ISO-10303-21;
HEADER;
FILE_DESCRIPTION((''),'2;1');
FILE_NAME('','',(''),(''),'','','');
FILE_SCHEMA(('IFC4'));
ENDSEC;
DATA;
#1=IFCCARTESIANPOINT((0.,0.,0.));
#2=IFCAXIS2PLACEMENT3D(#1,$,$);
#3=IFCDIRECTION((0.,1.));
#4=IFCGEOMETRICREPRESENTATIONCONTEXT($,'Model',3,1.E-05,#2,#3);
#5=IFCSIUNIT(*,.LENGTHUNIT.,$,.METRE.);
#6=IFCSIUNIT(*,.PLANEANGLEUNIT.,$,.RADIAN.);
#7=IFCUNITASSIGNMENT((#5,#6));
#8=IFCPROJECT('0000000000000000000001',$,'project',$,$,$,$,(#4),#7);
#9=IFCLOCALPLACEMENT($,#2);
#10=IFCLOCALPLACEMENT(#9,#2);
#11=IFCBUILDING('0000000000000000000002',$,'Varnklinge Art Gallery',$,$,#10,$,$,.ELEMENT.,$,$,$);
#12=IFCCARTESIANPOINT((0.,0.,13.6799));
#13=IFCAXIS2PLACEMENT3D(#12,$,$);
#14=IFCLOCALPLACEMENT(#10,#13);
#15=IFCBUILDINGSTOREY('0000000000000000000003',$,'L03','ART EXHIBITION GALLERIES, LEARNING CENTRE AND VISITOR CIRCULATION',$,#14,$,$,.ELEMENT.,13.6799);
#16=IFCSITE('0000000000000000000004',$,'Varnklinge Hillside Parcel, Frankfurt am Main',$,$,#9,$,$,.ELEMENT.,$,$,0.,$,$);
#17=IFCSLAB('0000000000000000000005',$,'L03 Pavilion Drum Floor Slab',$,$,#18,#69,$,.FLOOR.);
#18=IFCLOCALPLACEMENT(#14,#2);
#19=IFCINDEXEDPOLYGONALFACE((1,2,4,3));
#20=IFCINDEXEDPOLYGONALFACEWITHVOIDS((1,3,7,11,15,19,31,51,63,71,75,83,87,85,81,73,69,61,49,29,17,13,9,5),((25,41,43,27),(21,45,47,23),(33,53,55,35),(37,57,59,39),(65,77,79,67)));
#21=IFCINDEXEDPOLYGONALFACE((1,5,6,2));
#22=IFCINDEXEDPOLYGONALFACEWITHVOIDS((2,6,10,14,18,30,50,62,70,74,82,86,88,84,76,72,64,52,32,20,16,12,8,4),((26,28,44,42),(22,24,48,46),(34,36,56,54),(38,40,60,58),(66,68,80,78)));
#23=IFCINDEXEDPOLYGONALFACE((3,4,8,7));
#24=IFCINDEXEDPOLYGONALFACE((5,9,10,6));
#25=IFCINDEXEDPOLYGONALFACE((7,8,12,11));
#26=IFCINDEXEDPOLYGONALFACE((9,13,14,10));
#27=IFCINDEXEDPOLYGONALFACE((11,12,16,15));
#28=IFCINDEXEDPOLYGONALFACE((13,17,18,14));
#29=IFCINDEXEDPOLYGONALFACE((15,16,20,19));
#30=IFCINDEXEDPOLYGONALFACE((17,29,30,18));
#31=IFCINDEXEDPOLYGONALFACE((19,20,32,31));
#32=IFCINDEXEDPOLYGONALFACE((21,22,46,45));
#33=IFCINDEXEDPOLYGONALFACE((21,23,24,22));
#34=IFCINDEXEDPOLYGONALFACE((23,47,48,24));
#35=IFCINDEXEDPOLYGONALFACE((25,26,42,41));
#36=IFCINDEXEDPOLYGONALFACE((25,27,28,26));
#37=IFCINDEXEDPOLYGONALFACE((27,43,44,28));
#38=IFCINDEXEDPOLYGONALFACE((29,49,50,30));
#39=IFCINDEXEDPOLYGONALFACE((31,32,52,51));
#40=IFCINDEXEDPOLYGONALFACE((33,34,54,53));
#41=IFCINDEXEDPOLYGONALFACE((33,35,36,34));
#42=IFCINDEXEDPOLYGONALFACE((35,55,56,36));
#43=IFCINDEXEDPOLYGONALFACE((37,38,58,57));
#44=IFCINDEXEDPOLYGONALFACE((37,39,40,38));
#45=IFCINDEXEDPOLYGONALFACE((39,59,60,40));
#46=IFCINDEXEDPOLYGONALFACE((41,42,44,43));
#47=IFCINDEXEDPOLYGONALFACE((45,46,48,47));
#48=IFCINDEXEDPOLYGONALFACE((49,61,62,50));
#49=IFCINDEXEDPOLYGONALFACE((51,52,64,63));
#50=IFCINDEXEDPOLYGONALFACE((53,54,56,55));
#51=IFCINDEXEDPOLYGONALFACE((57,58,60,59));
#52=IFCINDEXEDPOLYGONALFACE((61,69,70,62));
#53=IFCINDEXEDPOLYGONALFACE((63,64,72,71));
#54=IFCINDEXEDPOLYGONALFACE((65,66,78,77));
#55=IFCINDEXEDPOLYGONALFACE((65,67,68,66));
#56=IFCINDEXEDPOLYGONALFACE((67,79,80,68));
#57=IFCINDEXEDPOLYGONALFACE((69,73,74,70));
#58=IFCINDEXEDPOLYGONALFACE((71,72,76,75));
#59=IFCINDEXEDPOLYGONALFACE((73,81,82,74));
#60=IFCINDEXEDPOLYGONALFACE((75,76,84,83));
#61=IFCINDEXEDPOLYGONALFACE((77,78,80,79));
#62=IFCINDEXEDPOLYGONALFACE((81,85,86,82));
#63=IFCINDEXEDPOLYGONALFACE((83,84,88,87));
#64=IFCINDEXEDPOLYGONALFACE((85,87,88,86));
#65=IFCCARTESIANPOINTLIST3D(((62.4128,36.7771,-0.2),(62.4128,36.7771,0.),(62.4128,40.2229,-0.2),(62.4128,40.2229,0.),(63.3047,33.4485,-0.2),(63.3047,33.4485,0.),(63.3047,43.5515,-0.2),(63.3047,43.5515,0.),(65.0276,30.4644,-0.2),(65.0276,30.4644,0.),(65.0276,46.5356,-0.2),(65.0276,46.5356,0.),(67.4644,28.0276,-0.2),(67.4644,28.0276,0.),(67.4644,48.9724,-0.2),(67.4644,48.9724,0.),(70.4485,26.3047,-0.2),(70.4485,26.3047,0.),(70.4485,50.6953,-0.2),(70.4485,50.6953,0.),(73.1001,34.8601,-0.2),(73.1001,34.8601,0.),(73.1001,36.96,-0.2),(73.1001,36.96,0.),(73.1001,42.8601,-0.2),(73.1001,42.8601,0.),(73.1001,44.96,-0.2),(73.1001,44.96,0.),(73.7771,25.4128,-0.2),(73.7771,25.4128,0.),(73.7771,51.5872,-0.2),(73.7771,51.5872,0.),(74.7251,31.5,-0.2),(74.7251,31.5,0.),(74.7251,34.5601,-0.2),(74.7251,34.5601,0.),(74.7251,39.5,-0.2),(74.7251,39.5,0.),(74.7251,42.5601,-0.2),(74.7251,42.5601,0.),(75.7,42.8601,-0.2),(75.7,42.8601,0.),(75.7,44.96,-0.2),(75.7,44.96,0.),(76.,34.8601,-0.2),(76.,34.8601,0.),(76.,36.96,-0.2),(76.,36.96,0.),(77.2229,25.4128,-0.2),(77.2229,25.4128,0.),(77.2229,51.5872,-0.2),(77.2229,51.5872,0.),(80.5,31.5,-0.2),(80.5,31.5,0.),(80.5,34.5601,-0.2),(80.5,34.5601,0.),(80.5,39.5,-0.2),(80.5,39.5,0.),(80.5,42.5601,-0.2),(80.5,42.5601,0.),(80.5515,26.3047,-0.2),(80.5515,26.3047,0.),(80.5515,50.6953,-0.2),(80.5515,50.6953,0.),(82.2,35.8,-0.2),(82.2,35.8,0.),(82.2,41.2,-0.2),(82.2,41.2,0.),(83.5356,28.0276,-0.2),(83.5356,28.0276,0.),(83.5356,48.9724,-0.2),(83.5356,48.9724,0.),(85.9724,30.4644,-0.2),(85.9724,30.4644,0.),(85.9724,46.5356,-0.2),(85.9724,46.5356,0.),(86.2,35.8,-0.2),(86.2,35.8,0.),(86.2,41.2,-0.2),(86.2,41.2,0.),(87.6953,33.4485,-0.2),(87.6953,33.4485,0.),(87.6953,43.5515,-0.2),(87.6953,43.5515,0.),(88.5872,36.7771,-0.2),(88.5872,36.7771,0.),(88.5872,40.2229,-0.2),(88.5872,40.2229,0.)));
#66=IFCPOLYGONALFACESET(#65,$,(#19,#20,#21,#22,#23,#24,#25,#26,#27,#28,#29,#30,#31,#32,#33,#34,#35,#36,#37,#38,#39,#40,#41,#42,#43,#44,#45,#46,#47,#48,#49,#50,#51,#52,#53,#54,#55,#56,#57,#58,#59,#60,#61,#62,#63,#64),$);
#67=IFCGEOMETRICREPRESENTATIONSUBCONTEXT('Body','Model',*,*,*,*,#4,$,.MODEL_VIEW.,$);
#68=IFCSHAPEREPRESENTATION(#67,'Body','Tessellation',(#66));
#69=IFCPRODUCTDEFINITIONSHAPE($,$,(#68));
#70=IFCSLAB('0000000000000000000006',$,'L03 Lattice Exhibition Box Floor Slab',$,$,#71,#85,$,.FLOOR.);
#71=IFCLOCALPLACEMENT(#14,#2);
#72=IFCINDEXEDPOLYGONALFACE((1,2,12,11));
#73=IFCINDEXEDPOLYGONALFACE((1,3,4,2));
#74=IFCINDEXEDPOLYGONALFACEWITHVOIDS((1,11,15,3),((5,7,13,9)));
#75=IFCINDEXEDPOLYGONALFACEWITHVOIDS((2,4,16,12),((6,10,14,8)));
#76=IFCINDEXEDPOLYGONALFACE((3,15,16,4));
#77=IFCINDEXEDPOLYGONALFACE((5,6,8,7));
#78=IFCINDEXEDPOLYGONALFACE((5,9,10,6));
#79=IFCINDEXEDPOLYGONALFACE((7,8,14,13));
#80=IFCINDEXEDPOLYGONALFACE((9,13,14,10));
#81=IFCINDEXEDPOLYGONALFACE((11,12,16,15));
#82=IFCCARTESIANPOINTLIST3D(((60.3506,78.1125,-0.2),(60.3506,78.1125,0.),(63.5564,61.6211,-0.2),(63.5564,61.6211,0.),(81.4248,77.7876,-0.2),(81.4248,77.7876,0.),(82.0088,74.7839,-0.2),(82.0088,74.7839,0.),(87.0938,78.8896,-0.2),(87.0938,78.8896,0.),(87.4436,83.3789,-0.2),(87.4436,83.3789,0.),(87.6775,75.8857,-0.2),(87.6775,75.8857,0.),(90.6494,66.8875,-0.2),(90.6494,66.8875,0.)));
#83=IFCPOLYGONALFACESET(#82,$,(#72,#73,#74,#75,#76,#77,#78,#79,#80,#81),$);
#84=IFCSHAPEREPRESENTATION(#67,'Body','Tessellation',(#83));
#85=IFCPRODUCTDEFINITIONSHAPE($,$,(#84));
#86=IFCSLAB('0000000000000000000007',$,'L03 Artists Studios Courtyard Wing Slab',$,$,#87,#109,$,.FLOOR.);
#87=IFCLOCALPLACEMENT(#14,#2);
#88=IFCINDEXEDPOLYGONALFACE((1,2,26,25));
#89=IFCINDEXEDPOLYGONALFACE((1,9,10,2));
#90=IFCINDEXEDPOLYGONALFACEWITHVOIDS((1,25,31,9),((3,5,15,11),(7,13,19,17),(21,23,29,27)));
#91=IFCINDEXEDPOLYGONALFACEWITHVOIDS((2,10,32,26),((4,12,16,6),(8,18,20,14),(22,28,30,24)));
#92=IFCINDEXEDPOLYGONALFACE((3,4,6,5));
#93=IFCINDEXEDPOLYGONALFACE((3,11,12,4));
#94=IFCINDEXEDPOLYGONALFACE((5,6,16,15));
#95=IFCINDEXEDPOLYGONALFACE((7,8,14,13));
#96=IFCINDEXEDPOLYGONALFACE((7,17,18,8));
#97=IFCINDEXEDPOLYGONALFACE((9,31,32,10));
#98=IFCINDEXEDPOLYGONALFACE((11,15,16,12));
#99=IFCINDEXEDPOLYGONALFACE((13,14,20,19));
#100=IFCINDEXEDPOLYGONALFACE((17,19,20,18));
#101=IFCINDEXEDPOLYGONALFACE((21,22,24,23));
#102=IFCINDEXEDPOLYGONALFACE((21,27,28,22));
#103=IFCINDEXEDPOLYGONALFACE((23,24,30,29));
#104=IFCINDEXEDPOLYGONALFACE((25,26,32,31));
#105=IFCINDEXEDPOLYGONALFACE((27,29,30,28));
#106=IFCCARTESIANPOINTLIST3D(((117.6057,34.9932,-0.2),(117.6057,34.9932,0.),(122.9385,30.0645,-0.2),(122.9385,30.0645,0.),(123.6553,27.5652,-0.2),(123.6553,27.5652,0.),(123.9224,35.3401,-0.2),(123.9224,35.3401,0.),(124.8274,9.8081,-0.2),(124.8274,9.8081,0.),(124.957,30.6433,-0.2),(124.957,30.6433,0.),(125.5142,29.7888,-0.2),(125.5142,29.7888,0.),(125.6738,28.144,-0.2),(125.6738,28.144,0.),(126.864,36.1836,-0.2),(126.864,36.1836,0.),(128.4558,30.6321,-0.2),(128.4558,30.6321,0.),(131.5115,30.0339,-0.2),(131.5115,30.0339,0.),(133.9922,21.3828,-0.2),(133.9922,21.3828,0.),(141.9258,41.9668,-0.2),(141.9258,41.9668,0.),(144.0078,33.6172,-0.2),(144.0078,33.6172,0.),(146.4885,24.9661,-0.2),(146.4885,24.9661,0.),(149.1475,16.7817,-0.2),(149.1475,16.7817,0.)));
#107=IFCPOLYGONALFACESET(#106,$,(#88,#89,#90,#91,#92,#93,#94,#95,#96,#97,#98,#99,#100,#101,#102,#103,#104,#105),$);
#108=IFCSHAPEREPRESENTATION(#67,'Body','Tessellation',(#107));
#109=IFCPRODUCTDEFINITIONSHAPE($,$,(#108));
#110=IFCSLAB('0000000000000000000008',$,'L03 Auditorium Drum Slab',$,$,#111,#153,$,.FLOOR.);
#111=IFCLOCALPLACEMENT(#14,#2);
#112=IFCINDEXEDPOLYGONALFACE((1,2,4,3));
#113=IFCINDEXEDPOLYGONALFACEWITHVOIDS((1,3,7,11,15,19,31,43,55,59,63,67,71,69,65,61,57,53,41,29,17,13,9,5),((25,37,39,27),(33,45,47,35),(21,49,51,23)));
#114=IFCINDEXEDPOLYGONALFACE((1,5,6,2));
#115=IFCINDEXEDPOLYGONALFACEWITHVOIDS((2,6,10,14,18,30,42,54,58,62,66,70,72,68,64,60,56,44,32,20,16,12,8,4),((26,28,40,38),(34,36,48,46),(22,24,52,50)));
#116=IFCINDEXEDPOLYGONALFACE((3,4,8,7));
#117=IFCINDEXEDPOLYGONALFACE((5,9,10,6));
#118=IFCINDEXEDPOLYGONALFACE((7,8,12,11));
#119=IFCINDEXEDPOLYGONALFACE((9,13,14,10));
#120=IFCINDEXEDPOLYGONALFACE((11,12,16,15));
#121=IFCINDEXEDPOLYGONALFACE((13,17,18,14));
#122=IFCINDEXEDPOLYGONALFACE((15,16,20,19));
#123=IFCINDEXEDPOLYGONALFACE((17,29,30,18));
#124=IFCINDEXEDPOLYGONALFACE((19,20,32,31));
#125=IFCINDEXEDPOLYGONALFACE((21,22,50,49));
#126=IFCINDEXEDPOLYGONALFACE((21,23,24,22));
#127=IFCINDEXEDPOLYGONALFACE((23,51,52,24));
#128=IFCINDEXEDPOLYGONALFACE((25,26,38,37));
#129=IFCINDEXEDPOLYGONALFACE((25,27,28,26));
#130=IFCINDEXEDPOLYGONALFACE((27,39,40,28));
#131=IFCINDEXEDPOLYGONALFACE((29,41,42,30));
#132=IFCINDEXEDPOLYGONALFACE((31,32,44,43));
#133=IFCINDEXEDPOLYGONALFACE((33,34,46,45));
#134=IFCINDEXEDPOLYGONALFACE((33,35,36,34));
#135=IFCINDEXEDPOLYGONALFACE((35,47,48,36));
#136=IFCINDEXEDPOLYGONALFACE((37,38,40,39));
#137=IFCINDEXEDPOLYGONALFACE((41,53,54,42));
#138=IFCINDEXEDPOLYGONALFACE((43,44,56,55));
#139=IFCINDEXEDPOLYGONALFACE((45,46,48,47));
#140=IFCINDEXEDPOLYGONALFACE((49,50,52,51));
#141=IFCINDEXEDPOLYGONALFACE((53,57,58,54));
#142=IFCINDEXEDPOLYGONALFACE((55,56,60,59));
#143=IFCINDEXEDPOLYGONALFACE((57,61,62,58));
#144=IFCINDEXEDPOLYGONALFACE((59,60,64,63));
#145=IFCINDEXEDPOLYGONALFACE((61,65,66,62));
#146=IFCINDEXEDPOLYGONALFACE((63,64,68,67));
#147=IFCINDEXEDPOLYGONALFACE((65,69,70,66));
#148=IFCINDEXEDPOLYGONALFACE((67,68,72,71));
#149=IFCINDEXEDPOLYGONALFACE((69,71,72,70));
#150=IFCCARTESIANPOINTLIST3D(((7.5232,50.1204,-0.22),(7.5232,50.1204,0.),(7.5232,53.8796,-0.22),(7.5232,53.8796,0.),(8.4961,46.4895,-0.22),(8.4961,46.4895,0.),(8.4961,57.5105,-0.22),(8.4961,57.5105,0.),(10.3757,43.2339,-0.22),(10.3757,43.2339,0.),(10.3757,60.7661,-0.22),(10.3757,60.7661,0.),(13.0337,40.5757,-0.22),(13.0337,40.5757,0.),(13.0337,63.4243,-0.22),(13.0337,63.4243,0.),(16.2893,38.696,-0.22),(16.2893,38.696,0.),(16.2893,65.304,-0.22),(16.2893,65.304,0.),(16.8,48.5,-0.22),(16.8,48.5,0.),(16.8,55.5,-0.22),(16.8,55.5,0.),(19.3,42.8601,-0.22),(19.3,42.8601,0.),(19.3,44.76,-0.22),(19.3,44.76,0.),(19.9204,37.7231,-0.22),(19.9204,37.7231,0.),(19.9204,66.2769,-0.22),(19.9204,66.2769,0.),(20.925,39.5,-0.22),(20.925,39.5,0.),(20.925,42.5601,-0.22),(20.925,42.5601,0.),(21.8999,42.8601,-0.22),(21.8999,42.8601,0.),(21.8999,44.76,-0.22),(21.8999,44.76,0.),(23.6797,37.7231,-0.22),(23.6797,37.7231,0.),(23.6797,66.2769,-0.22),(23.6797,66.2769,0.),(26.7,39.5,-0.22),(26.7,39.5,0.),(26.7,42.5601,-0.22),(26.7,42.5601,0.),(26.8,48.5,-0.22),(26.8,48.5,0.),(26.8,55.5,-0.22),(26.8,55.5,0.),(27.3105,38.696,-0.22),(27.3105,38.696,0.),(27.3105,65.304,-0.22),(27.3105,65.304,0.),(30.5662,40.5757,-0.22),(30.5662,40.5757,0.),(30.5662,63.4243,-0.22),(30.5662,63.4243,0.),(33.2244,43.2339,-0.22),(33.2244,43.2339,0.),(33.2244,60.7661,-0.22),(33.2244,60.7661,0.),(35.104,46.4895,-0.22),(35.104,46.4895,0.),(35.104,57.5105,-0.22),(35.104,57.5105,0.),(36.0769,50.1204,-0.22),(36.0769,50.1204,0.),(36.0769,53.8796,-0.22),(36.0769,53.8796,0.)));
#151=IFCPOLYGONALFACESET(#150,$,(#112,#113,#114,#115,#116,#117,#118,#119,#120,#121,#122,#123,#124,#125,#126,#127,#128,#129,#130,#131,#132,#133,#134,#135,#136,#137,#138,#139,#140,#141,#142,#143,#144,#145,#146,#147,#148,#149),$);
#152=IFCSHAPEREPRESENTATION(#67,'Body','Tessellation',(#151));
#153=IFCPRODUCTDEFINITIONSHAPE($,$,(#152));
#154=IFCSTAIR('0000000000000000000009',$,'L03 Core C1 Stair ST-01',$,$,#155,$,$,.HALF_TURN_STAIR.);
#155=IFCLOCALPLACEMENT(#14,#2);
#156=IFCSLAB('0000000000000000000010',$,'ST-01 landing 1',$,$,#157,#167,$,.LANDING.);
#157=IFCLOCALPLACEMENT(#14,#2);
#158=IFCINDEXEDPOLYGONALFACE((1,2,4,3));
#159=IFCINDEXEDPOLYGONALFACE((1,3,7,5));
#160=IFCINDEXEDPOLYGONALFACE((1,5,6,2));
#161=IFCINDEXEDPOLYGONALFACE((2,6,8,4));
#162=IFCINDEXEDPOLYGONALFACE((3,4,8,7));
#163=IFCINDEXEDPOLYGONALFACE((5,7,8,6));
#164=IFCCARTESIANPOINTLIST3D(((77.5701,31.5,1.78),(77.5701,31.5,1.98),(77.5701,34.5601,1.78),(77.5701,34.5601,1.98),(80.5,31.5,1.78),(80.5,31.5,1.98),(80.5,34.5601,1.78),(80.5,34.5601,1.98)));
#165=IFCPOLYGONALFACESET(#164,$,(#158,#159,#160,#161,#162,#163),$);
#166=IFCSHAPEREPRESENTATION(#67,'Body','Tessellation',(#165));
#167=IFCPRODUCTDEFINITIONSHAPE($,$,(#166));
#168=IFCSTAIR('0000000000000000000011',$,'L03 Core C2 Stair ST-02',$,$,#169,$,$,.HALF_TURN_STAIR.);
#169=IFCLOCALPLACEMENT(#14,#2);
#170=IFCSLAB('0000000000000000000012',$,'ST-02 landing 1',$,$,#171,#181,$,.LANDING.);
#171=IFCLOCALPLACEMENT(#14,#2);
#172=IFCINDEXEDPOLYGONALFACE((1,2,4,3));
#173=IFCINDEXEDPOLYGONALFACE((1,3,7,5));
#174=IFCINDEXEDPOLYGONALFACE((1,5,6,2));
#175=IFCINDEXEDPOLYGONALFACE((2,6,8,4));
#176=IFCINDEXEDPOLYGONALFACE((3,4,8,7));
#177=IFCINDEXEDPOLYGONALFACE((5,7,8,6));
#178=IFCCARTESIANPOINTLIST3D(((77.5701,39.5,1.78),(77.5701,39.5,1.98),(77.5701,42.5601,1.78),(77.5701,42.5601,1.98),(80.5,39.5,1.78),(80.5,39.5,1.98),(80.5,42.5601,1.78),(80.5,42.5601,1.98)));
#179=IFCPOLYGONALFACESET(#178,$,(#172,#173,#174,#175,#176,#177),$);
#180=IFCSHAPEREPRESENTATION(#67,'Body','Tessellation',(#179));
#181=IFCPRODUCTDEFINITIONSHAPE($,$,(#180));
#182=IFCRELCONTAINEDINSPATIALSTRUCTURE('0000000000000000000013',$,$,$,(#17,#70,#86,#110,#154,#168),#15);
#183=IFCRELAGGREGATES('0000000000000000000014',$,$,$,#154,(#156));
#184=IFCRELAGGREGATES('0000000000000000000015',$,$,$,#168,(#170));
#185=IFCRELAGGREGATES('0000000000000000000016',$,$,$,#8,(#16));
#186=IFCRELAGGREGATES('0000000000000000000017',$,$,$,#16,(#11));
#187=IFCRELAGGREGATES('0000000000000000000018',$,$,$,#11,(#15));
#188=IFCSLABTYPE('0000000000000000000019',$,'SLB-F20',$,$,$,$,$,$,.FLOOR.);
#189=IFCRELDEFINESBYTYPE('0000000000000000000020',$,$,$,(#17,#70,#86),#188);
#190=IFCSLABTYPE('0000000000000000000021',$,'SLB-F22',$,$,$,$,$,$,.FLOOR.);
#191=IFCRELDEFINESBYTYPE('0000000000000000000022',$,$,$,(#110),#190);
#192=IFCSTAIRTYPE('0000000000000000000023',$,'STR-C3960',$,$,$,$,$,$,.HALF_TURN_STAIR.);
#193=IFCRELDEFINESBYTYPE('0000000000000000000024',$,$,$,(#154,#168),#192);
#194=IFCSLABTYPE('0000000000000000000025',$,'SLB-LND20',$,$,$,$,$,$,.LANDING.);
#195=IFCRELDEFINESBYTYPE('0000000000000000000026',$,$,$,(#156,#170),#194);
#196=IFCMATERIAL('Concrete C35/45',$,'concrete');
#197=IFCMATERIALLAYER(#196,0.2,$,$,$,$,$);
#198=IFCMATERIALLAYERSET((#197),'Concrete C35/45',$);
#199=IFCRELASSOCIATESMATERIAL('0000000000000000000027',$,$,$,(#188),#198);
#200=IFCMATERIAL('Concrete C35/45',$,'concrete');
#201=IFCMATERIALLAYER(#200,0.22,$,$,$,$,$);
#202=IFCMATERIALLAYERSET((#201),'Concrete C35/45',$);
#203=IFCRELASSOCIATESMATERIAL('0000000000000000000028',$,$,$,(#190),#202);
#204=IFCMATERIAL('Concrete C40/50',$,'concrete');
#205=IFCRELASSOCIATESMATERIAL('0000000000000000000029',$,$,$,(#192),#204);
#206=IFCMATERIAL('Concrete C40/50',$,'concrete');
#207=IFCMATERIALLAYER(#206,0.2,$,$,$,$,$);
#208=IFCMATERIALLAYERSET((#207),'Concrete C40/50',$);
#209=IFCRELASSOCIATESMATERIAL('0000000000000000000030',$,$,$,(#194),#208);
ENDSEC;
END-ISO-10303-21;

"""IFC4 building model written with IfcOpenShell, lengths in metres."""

from ifc_helpers import new_model, si_unit, direction, frame, origin, place, context, subcontext, project, spatial, polyline, outline, extrude, material, layer, layer_set, type_object, element, aggregate, save


model = new_model("IFC4")

# Units and contexts
model_context = context("Model", 3, precision=1e-05, world=origin(), true_north=direction((0.0, 1.0)))
body_context = subcontext(model_context, "Body", "Model", "MODEL_VIEW")
ifc_project = project(units=[si_unit("LENGTHUNIT", "METRE"), si_unit("PLANEANGLEUNIT", "RADIAN")], contexts=[model_context])

# Site, building, storey
site_placement = place(None, origin())
site = spatial("IfcSite", under=ifc_project, at=site_placement, Name="Varnklinge Hillside Parcel, Frankfurt am Main", CompositionType="ELEMENT", RefElevation=0.0)
building_placement = place(site_placement, origin())
building = spatial("IfcBuilding", under=site, at=building_placement, Name="Varnklinge Art Gallery", CompositionType="ELEMENT")
storey_placement = place(building_placement, frame((0.0, 0.0, 13.6799)))
storey = spatial("IfcBuildingStorey", under=building, at=storey_placement, Name="L03", Description="ART EXHIBITION GALLERIES, LEARNING CENTRE AND VISITOR CIRCULATION", CompositionType="ELEMENT", Elevation=13.6799)

# Slabs
ifc_material_1 = material(Name="Concrete C35/45", Category="concrete")
ifc_layer_1 = layer(ifc_material_1, 0.2)
ifc_layer_set_1 = layer_set([ifc_layer_1], Name="Concrete C35/45")
slab_type_1 = type_object("IfcSlabType", Name="SLB-F20", PredefinedType="FLOOR", material=ifc_layer_set_1)
slab_1_placement = place(storey_placement, frame((0.0, 0.0, -0.2)))
element("IfcSlab", 1, at=slab_1_placement, inside=storey, type_object=slab_type_1, Name="L03 Pavilion Drum Floor Slab", PredefinedType="FLOOR", context=body_context, shape_type="SweptSolid", body=[
    extrude(outline(polyline([(83.5356, 28.0276), (85.9724, 30.4644), (87.6953, 33.4485), (88.5872, 36.7771), (88.5872, 40.2229), (87.6953, 43.5515), (85.9724, 46.5356), (83.5356, 48.9724), (80.5515, 50.6953), (77.2229, 51.5872), (73.7771, 51.5872), (70.4485, 50.6953), (67.4644, 48.9724), (65.0276, 46.5356), (63.3047, 43.5515), (62.4128, 40.2229), (62.4128, 36.7771), (63.3047, 33.4485), (65.0276, 30.4644), (67.4644, 28.0276), (70.4485, 26.3047), (73.7771, 25.4128), (77.2229, 25.4128), (80.5515, 26.3047), (83.5356, 28.0276)]), holes=[polyline([(80.5, 31.5), (74.7251, 31.5), (74.7251, 34.5601), (80.5, 34.5601), (80.5, 31.5)]), polyline([(73.1001, 34.8601), (73.1001, 36.96), (76.0, 36.96), (76.0, 34.8601), (73.1001, 34.8601)]), polyline([(82.2, 41.2), (86.2, 41.2), (86.2, 35.8), (82.2, 35.8), (82.2, 41.2)]), polyline([(80.5, 39.5), (74.7251, 39.5), (74.7251, 42.5601), (80.5, 42.5601), (80.5, 39.5)]), polyline([(73.1001, 42.8601), (73.1001, 44.96), (75.7, 44.96), (75.7, 42.8601), (73.1001, 42.8601)])]), origin(), (0.0, 0.0, 1.0), 0.2),
])
slab_2_placement = place(storey_placement, frame((0.0, 0.0, -0.2)))
element("IfcSlab", 2, at=slab_2_placement, inside=storey, type_object=slab_type_1, Name="L03 Lattice Exhibition Box Floor Slab", PredefinedType="FLOOR", context=body_context, shape_type="SweptSolid", body=[
    extrude(outline(polyline([(63.5564, 61.6211), (90.6494, 66.8875), (87.4436, 83.3789), (60.3506, 78.1125), (63.5564, 61.6211)]), holes=[polyline([(81.4248, 77.7876), (87.0938, 78.8896), (87.6775, 75.8857), (82.0088, 74.7839), (81.4248, 77.7876)])]), origin(), (0.0, 0.0, 1.0), 0.2),
])
slab_3_placement = place(storey_placement, frame((0.0, 0.0, -0.2)))
element("IfcSlab", 3, at=slab_3_placement, inside=storey, type_object=slab_type_1, Name="L03 Artists Studios Courtyard Wing Slab", PredefinedType="FLOOR", context=body_context, shape_type="SweptSolid", body=[
    extrude(outline(polyline([(141.9258, 41.9668), (117.6057, 34.9932), (124.8274, 9.8081), (149.1475, 16.7817), (141.9258, 41.9668)]), holes=[polyline([(133.9922, 21.3828), (131.5115, 30.0339), (144.0078, 33.6172), (146.4885, 24.9661), (133.9922, 21.3828)]), polyline([(122.9385, 30.0645), (124.957, 30.6433), (125.6738, 28.144), (123.6553, 27.5652), (122.9385, 30.0645)]), polyline([(126.864, 36.1836), (128.4558, 30.6321), (125.5142, 29.7888), (123.9224, 35.3401), (126.864, 36.1836)])]), origin(), (0.0, 0.0, 1.0), 0.2),
])
ifc_material_2 = material(Name="Concrete C35/45", Category="concrete")
ifc_layer_2 = layer(ifc_material_2, 0.22)
ifc_layer_set_2 = layer_set([ifc_layer_2], Name="Concrete C35/45")
slab_type_2 = type_object("IfcSlabType", Name="SLB-F22", PredefinedType="FLOOR", material=ifc_layer_set_2)
slab_4_placement = place(storey_placement, frame((0.0, 0.0, -0.22)))
element("IfcSlab", 4, at=slab_4_placement, inside=storey, type_object=slab_type_2, Name="L03 Auditorium Drum Slab", PredefinedType="FLOOR", context=body_context, shape_type="SweptSolid", body=[
    extrude(outline(polyline([(35.104, 46.4895), (36.0769, 50.1204), (36.0769, 53.8796), (35.104, 57.5105), (33.2244, 60.7661), (30.5662, 63.4243), (27.3105, 65.304), (23.6797, 66.2769), (19.9204, 66.2769), (16.2893, 65.304), (13.0337, 63.4243), (10.3757, 60.7661), (8.4961, 57.5105), (7.5232, 53.8796), (7.5232, 50.1204), (8.4961, 46.4895), (10.3757, 43.2339), (13.0337, 40.5757), (16.2893, 38.696), (19.9204, 37.7231), (23.6797, 37.7231), (27.3105, 38.696), (30.5662, 40.5757), (33.2244, 43.2339), (35.104, 46.4895)]), holes=[polyline([(20.925, 39.5), (20.925, 42.5601), (26.7, 42.5601), (26.7, 39.5), (20.925, 39.5)]), polyline([(21.8999, 44.76), (21.8999, 42.8601), (19.3, 42.8601), (19.3, 44.76), (21.8999, 44.76)]), polyline([(26.8, 48.5), (16.8, 48.5), (16.8, 55.5), (26.8, 55.5), (26.8, 48.5)])]), origin(), (0.0, 0.0, 1.0), 0.22),
])

# Stairs, slabs
ifc_material_3 = material(Name="Concrete C40/50", Category="concrete")
stair_type = type_object("IfcStairType", Name="STR-C3960", PredefinedType="HALF_TURN_STAIR", material=ifc_material_3)
stair_1_placement = place(storey_placement, origin())
stair_1 = element("IfcStair", 5, at=stair_1_placement, inside=storey, type_object=stair_type, Name="L03 Core C1 Stair ST-01", PredefinedType="HALF_TURN_STAIR")
ifc_material_4 = material(Name="Concrete C40/50", Category="concrete")
ifc_layer_3 = layer(ifc_material_4, 0.2)
ifc_layer_set_3 = layer_set([ifc_layer_3], Name="Concrete C40/50")
slab_type_3 = type_object("IfcSlabType", Name="SLB-LND20", PredefinedType="LANDING", material=ifc_layer_set_3)
slab_5_placement = place(storey_placement, frame((0.0, 0.0, 1.78)))
slab_5 = element("IfcSlab", 6, at=slab_5_placement, type_object=slab_type_3, Name="ST-01 landing 1", PredefinedType="LANDING", context=body_context, shape_type="SweptSolid", body=[
    extrude(outline(polyline([(77.5701, 31.5), (80.5, 31.5), (80.5, 34.5601), (77.5701, 34.5601), (77.5701, 31.5)])), origin(), (0.0, 0.0, 1.0), 0.2),
])
aggregate(stair_1, [slab_5])
stair_2_placement = place(storey_placement, origin())
stair_2 = element("IfcStair", 7, at=stair_2_placement, inside=storey, type_object=stair_type, Name="L03 Core C2 Stair ST-02", PredefinedType="HALF_TURN_STAIR")
slab_6_placement = place(storey_placement, frame((0.0, 0.0, 1.78)))
slab_6 = element("IfcSlab", 8, at=slab_6_placement, type_object=slab_type_3, Name="ST-02 landing 1", PredefinedType="LANDING", context=body_context, shape_type="SweptSolid", body=[
    extrude(outline(polyline([(77.5701, 39.5), (80.5, 39.5), (80.5, 42.5601), (77.5701, 42.5601), (77.5701, 39.5)])), origin(), (0.0, 0.0, 1.0), 0.2),
])
aggregate(stair_2, [slab_6])

save(model, "model.ifc")
